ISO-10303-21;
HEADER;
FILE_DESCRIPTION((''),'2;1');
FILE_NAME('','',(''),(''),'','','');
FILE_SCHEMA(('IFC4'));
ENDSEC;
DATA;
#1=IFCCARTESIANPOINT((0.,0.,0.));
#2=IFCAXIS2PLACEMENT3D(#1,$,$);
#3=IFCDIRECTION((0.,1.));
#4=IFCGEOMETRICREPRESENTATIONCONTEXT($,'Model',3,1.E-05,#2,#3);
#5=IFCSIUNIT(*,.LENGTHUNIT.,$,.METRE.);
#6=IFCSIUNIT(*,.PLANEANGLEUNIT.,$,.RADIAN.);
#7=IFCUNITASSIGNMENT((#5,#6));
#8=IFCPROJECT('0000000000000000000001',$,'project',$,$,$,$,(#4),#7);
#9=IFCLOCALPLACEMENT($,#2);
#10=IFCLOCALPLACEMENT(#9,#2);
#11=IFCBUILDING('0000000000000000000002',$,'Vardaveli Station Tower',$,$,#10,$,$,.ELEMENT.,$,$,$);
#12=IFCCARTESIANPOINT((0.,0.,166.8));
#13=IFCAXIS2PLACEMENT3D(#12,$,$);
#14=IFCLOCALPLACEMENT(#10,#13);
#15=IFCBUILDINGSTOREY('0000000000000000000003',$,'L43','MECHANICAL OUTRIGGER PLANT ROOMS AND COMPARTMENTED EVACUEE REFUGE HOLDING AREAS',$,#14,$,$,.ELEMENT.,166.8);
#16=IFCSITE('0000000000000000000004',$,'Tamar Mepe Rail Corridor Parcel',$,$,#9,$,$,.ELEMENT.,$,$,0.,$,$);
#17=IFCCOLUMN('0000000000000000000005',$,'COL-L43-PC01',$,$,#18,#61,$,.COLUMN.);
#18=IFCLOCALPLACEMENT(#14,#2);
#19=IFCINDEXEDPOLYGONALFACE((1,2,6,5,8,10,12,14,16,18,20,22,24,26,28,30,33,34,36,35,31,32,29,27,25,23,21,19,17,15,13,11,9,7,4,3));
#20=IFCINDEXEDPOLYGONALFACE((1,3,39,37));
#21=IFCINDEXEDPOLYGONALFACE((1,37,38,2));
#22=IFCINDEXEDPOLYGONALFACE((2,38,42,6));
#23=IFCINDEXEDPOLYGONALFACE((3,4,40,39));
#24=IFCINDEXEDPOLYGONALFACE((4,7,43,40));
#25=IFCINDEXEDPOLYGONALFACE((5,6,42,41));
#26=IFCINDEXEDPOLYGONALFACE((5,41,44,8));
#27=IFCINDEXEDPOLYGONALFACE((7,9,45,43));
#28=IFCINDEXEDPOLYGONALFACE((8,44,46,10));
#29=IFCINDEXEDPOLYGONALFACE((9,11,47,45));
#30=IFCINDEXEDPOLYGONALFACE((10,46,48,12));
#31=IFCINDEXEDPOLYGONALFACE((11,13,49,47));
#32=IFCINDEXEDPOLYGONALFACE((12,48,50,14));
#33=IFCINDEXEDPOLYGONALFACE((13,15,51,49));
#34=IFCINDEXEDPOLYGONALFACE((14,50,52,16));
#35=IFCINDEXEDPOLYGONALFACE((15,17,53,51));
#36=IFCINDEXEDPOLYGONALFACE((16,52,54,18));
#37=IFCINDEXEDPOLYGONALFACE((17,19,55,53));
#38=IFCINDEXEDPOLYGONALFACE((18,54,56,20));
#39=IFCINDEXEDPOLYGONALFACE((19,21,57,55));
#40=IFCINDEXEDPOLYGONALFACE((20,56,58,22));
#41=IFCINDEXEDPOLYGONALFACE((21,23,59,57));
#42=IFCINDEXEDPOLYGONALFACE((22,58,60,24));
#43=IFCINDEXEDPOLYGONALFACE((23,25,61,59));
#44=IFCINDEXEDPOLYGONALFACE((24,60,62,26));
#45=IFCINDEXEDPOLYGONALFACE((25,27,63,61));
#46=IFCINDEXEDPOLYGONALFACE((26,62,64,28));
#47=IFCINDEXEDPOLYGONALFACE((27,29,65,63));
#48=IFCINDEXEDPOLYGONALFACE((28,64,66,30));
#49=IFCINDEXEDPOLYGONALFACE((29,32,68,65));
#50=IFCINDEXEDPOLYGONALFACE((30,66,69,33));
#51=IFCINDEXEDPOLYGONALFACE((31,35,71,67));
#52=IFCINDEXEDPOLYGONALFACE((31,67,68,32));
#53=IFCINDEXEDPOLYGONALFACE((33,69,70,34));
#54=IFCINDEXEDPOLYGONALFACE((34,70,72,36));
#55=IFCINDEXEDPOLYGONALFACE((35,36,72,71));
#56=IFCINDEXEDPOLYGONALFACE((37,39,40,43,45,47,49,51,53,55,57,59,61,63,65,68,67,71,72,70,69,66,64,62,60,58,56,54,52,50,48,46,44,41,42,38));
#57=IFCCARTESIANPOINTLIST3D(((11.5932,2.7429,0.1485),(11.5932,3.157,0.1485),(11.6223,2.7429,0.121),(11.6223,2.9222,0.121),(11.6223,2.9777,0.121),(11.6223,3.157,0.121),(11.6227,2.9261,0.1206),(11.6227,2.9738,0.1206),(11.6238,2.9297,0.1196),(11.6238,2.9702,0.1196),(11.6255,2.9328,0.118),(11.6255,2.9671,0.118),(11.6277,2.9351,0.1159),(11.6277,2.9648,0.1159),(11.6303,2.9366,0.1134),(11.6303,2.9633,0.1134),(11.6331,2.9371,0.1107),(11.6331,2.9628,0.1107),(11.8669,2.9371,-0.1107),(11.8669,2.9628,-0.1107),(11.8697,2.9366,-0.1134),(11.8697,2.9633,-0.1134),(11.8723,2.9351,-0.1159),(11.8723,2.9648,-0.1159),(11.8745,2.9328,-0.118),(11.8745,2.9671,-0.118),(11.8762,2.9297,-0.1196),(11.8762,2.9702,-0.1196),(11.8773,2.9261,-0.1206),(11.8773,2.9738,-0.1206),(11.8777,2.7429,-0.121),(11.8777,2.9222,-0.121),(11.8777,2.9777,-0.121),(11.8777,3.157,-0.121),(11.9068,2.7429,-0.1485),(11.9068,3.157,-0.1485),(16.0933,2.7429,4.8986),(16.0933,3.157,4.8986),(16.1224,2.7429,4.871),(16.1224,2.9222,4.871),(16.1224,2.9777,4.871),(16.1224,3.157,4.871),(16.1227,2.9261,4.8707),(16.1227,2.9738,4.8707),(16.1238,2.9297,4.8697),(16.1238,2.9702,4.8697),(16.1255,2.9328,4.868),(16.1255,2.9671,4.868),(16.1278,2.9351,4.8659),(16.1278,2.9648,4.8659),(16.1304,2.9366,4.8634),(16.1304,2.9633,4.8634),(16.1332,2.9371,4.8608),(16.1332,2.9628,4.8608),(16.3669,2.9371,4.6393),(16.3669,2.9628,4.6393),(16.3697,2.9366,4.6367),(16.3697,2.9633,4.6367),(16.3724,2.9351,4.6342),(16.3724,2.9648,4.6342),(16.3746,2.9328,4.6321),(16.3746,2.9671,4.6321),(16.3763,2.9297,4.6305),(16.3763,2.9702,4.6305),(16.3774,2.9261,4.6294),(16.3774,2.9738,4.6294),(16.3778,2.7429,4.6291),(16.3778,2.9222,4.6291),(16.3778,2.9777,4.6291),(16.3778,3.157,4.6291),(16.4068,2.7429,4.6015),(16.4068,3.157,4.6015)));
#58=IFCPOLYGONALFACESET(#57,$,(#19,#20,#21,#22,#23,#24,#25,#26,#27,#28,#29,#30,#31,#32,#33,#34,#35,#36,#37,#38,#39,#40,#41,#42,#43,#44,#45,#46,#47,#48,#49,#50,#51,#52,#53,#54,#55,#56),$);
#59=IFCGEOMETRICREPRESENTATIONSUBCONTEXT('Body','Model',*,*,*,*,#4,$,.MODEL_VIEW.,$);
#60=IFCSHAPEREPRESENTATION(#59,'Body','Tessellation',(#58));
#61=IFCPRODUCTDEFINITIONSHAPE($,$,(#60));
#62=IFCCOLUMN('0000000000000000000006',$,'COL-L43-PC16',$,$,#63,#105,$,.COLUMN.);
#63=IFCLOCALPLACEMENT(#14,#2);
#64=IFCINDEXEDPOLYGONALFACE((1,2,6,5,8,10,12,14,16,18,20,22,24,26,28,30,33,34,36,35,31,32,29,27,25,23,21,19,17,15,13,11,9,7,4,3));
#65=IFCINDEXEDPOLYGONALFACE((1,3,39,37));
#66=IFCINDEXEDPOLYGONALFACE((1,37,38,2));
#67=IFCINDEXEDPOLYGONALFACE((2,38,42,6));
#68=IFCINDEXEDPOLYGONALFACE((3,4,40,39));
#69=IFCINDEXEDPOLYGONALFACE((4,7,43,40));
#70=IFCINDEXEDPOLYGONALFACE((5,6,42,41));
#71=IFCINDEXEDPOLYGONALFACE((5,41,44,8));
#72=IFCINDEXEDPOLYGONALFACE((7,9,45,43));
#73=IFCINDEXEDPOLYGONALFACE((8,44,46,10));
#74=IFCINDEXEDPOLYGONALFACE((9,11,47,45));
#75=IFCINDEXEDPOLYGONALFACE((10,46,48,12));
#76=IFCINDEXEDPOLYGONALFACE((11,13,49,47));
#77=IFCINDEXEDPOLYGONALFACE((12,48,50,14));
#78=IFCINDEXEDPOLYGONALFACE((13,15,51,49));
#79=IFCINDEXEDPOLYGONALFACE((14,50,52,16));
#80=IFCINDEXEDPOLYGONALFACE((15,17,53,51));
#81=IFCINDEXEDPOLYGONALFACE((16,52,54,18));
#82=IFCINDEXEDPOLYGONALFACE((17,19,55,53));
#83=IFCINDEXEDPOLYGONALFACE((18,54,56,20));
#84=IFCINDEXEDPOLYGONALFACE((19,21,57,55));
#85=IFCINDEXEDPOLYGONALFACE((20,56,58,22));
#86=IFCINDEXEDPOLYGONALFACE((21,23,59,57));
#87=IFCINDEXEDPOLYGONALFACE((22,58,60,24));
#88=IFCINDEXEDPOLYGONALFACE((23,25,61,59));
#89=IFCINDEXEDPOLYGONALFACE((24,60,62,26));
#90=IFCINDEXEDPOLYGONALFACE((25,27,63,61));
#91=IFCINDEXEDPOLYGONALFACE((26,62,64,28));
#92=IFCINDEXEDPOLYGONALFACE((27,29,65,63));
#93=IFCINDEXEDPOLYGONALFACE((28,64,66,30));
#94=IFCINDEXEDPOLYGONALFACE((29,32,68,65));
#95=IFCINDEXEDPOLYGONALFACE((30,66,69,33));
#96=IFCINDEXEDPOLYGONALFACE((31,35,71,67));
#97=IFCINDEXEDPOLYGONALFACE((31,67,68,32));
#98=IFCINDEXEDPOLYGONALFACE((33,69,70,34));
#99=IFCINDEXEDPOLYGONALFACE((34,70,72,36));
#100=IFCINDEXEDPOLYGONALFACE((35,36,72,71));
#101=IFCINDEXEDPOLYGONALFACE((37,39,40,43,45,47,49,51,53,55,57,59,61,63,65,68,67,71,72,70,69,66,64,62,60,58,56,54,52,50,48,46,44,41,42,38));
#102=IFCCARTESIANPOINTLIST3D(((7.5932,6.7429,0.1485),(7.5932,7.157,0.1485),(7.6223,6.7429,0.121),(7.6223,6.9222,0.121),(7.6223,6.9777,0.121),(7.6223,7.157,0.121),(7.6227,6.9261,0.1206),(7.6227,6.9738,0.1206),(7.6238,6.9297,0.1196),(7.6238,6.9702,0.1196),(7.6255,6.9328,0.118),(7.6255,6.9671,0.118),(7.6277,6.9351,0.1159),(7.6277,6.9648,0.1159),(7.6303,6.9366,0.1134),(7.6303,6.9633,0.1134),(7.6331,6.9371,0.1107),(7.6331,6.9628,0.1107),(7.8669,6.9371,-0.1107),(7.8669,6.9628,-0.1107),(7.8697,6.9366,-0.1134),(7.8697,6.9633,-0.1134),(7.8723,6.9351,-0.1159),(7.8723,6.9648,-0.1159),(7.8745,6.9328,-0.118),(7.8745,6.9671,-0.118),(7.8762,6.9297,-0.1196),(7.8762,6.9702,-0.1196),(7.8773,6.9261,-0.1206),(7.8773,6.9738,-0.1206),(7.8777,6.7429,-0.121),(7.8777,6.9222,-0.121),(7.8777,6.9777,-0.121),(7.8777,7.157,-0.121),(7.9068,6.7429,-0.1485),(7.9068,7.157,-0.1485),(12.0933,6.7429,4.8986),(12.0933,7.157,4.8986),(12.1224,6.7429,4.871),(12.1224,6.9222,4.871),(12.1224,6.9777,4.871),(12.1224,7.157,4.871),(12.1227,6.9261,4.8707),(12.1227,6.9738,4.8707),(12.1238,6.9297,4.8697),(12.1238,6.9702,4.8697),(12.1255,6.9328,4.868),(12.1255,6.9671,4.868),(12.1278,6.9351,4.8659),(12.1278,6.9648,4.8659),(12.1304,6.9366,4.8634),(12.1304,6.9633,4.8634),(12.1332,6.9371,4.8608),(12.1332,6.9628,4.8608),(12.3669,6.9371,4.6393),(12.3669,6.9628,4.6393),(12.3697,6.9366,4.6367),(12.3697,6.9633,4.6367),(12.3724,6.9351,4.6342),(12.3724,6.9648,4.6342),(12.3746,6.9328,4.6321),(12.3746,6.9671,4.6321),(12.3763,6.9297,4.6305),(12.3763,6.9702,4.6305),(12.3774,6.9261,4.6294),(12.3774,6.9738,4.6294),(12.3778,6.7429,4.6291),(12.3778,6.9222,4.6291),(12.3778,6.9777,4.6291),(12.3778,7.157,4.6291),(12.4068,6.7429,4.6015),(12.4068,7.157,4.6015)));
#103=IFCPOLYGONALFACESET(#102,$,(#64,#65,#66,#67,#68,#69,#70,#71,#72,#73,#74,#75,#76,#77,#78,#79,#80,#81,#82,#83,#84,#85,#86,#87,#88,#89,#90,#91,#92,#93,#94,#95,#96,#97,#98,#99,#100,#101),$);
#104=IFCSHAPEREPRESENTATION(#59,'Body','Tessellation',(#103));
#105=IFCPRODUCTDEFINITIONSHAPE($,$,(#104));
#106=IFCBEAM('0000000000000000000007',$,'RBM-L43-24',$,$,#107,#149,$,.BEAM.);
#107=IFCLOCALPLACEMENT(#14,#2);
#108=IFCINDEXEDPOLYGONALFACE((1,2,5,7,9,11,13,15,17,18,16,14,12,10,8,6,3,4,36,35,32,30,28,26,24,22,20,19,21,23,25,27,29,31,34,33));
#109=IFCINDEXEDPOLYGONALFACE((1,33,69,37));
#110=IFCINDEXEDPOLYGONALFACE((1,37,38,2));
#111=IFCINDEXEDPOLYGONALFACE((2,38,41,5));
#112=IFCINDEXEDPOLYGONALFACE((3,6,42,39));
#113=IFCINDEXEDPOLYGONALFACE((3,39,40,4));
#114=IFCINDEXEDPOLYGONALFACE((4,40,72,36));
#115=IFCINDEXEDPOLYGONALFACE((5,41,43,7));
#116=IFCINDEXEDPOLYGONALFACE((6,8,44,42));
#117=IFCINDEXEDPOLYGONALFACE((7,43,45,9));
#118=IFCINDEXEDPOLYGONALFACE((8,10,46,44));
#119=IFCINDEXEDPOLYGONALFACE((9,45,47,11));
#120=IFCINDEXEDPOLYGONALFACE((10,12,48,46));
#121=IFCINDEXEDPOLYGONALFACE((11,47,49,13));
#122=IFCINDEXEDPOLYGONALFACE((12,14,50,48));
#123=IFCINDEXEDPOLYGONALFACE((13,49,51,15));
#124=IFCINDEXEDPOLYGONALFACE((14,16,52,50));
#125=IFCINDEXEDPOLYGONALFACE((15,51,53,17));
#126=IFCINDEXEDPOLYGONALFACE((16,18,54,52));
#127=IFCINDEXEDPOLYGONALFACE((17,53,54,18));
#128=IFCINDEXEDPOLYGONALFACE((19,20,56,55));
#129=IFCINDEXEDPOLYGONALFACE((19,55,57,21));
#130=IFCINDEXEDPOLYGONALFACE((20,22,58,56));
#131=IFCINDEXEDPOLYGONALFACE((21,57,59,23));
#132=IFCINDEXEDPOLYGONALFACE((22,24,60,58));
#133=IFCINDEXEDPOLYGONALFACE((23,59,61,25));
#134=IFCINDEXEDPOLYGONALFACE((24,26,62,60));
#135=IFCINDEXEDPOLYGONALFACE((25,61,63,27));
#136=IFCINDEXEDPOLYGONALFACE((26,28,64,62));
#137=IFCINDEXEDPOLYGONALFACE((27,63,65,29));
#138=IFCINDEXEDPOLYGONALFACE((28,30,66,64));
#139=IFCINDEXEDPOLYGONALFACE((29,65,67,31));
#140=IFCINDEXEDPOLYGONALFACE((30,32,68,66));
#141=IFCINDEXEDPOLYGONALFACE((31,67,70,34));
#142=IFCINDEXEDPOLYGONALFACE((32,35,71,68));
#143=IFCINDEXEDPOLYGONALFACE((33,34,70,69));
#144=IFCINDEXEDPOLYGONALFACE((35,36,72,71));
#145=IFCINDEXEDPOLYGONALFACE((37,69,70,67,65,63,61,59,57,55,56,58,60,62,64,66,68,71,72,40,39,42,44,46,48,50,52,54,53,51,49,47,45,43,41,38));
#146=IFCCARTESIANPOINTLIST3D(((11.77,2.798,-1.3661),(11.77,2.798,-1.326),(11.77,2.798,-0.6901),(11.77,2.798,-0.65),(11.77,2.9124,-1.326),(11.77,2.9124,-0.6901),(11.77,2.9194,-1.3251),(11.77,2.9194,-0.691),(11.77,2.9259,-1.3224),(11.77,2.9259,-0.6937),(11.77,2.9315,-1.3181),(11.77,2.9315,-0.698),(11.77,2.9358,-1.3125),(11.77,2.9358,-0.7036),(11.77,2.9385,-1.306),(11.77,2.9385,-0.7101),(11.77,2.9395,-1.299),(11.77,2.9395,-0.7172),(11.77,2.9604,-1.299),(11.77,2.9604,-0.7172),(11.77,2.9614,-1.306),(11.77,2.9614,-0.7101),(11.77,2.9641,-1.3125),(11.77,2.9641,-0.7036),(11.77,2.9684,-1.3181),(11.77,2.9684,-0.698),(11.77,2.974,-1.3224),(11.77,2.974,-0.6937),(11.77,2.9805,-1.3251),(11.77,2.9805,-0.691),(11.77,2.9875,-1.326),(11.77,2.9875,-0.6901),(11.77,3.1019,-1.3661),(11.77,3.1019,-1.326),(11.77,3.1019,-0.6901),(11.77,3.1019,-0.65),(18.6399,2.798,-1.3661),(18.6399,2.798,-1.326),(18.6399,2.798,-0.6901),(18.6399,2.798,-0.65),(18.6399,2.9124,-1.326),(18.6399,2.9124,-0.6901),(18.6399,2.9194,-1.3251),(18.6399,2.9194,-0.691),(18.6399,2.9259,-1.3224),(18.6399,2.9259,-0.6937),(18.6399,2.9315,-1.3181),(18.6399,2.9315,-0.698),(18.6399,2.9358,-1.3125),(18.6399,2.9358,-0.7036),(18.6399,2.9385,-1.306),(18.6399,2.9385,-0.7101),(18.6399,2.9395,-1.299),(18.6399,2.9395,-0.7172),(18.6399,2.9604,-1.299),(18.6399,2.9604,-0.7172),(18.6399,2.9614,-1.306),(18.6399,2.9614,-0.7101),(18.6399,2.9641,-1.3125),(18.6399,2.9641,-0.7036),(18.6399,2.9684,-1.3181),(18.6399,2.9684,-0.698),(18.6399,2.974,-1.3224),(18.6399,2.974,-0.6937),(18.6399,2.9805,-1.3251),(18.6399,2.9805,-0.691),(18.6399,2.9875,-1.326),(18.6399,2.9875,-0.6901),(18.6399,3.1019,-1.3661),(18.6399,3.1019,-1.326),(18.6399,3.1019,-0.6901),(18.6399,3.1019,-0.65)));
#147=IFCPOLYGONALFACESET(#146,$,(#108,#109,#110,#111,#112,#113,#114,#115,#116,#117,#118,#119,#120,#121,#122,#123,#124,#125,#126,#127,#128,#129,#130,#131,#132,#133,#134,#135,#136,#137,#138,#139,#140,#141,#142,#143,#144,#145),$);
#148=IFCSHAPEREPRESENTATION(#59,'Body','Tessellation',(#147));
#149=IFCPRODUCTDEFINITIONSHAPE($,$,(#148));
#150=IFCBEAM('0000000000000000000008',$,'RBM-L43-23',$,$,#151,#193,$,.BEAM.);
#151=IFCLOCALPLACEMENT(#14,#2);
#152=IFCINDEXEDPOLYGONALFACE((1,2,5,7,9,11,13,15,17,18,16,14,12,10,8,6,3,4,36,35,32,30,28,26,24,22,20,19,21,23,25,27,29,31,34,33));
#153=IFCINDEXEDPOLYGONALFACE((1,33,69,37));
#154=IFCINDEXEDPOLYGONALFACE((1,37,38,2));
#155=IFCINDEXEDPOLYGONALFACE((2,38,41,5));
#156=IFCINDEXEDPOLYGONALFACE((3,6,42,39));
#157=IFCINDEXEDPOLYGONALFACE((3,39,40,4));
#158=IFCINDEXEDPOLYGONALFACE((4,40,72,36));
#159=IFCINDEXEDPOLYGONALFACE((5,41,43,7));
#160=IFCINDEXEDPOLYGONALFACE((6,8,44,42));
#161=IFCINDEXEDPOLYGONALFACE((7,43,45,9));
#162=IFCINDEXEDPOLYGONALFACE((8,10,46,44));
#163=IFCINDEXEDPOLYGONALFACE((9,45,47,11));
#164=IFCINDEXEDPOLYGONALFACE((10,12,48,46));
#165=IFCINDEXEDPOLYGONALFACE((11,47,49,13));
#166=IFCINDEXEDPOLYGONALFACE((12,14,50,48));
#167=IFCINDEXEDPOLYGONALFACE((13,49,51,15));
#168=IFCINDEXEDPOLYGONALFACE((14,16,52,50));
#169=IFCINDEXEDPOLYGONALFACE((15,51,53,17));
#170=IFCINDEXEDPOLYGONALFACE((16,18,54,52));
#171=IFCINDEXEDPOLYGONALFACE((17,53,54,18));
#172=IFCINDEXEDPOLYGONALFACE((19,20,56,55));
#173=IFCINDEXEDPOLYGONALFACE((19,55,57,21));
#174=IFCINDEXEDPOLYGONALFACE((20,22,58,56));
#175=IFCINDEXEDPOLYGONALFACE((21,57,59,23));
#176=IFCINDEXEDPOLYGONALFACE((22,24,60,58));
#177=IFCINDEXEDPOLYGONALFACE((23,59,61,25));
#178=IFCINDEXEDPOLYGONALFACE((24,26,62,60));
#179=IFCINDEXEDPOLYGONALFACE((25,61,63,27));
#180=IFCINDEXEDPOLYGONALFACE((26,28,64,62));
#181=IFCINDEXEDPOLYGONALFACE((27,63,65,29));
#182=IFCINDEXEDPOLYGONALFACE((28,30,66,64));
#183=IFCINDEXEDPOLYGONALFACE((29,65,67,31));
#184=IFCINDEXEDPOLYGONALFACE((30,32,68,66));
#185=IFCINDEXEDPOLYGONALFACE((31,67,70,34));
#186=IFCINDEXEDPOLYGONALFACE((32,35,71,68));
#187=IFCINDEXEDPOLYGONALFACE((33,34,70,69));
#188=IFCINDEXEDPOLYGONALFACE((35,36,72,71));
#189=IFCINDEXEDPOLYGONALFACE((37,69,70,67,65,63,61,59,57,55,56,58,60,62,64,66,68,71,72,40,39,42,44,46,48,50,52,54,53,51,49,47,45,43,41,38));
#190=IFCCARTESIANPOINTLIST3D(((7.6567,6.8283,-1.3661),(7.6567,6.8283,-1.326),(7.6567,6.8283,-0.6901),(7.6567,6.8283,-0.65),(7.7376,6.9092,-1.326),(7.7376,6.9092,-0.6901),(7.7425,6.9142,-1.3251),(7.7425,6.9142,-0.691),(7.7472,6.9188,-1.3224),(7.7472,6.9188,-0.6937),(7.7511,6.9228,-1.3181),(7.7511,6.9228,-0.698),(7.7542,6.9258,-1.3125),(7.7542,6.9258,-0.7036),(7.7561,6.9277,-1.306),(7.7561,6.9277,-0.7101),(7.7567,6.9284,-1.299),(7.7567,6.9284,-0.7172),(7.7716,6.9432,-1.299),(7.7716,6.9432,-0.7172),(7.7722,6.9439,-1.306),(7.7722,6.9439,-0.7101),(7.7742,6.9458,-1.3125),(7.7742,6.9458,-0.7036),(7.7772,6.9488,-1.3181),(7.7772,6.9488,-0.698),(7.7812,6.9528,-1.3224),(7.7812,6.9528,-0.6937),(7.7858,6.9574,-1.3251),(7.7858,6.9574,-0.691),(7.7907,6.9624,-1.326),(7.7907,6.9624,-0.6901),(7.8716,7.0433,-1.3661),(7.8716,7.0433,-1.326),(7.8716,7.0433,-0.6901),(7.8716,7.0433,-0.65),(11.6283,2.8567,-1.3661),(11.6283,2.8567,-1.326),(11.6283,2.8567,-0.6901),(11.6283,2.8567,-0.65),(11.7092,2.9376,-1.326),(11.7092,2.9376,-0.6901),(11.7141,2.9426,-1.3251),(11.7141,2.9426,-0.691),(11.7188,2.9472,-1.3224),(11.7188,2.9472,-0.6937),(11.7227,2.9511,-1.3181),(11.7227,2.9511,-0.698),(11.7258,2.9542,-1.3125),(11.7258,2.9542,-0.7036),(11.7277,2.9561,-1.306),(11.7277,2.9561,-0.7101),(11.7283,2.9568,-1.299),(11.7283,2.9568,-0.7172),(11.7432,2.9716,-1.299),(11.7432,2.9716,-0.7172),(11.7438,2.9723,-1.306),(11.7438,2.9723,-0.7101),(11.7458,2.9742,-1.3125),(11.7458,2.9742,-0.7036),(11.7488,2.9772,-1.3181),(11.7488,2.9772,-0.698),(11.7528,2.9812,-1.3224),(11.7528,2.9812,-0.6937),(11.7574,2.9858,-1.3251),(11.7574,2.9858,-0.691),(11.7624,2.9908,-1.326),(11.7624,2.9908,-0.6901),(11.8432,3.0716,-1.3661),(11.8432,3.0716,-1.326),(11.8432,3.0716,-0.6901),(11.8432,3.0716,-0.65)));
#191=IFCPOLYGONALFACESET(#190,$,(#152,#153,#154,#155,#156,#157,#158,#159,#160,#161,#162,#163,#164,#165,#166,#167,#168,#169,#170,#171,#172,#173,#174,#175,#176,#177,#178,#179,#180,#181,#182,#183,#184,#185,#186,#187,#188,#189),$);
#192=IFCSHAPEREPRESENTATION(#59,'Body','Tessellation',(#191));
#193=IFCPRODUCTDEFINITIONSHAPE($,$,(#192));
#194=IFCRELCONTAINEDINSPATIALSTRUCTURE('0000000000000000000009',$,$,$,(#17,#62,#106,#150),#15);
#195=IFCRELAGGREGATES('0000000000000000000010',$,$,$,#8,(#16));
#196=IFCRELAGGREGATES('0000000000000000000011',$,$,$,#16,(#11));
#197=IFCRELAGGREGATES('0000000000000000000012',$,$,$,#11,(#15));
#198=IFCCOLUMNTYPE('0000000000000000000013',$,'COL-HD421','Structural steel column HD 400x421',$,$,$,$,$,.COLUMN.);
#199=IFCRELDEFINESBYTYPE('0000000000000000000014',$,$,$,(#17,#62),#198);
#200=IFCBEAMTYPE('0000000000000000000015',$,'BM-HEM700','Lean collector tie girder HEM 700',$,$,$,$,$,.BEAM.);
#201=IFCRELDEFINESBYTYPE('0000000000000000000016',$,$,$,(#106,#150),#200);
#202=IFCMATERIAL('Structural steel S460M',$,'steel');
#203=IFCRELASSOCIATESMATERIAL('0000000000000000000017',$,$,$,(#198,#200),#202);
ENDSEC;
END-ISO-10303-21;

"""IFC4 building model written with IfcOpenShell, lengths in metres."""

from ifc_helpers import new_model, si_unit, direction, frame, origin, origin_2d, place, context, subcontext, project, spatial, i_section, extrude, source, transform, mapped, material, material_profile, profile_set, type_object, element, save


model = new_model("IFC4")

# Units and contexts
model_context = context("Model", 3, precision=1e-05, world=origin(), true_north=direction((0.0, 1.0)))
body_context = subcontext(model_context, "Body", "Model", "MODEL_VIEW")
ifc_project = project(units=[si_unit("LENGTHUNIT", "METRE"), si_unit("PLANEANGLEUNIT", "RADIAN")], contexts=[model_context])

# Site, building, storey
site_placement = place(None, origin())
site = spatial("IfcSite", under=ifc_project, at=site_placement, Name="Tamar Mepe Rail Corridor Parcel", CompositionType="ELEMENT", RefElevation=0.0)
building_placement = place(site_placement, origin())
building = spatial("IfcBuilding", under=site, at=building_placement, Name="Vardaveli Station Tower", CompositionType="ELEMENT")
storey_placement = place(building_placement, frame((0.0, 0.0, 166.8)))
storey = spatial("IfcBuildingStorey", under=building, at=storey_placement, Name="L43", Description="MECHANICAL OUTRIGGER PLANT ROOMS AND COMPARTMENTED EVACUEE REFUGE HOLDING AREAS", CompositionType="ELEMENT", Elevation=166.8)

# Columns
ifc_material_1 = material(Name="Structural steel S460M", Category="steel")
ifc_material_profile_1 = material_profile(ifc_material_1, i_section(OverallWidth=0.4141, OverallDepth=0.4319, WebThickness=0.0256, FlangeThickness=0.04, FilletRadius=0.0149, at=origin_2d()), Name="HD 400x421")
ifc_profile_set_1 = profile_set([ifc_material_profile_1], Name="Structural steel S460M")
column_type = type_object("IfcColumnType", Name="COL-HD421", Description="Structural steel column HD 400x421", PredefinedType="COLUMN", material=ifc_profile_set_1)
shared_shape_1 = source(origin(), body_context, "Body", "SweptSolid", [
    extrude(i_section(OverallWidth=0.4141, OverallDepth=0.4319, WebThickness=0.0256, FlangeThickness=0.04, FilletRadius=0.0149, at=origin_2d()), origin(), (0.0, 0.0, 1.0), 6.5432),
])
for number, where, z_axis, x_axis, name in (
    (1, (11.75, 2.95, 0.0), (0.687745, 0.0, 0.725953), (0.0, 1.0, 0.0), "COL-L43-PC01"),
    (2, (7.75, 6.95, 0.0), (0.687745, 0.0, 0.725953), (0.0, 1.0, 0.0), "COL-L43-PC16"),
):
    element("IfcColumn", number, at=place(storey_placement, frame(where, z_axis=z_axis, x_axis=x_axis)), inside=storey, type_object=column_type, Name=name, PredefinedType="COLUMN", context=body_context, shape_type="MappedRepresentation", body=[
        mapped(shared_shape_1, transform((0.0, 0.0, 0.0), scale=1.0)),
    ])

# Beams
ifc_material_profile_2 = material_profile(ifc_material_1, i_section(OverallWidth=0.304, OverallDepth=0.7161, WebThickness=0.021, FlangeThickness=0.04, FilletRadius=0.0271, at=origin_2d()), Name="HEM 700")
ifc_profile_set_2 = profile_set([ifc_material_profile_2], Name="Structural steel S460M")
beam_type = type_object("IfcBeamType", Name="BM-HEM700", Description="Lean collector tie girder HEM 700", PredefinedType="BEAM", material=ifc_profile_set_2)
shared_shape_2 = source(origin(), body_context, "Body", "SweptSolid", [
    extrude(i_section(OverallWidth=0.304, OverallDepth=0.7161, WebThickness=0.021, FlangeThickness=0.04, FilletRadius=0.0271, at=origin_2d()), origin(), (0.0, 0.0, 1.0), 6.8699),
])
beam_1_placement = place(storey_placement, frame((11.77, 2.95, -1.0081), z_axis=(1.0, 0.0, 0.0), x_axis=(0.0, 1.0, 0.0)))
element("IfcBeam", 3, at=beam_1_placement, inside=storey, type_object=beam_type, Name="RBM-L43-24", PredefinedType="BEAM", context=body_context, shape_type="MappedRepresentation", body=[
    mapped(shared_shape_2, transform((0.0, 0.0, 0.0), scale=1.0)),
])
shared_shape_3 = source(origin(), body_context, "Body", "SweptSolid", [
    extrude(i_section(OverallWidth=0.304, OverallDepth=0.7161, WebThickness=0.021, FlangeThickness=0.04, FilletRadius=0.0271, at=origin_2d()), origin(), (0.0, 0.0, 1.0), 5.6167),
])
beam_2_placement = place(storey_placement, frame((7.7642, 6.9358, -1.0081), z_axis=(0.707107, -0.707107, 0.0), x_axis=(0.707107, 0.707107, 0.0)))
element("IfcBeam", 4, at=beam_2_placement, inside=storey, type_object=beam_type, Name="RBM-L43-23", PredefinedType="BEAM", context=body_context, shape_type="MappedRepresentation", body=[
    mapped(shared_shape_3, transform((0.0, 0.0, 0.0), scale=1.0)),
])

save(model, "model.ifc")
